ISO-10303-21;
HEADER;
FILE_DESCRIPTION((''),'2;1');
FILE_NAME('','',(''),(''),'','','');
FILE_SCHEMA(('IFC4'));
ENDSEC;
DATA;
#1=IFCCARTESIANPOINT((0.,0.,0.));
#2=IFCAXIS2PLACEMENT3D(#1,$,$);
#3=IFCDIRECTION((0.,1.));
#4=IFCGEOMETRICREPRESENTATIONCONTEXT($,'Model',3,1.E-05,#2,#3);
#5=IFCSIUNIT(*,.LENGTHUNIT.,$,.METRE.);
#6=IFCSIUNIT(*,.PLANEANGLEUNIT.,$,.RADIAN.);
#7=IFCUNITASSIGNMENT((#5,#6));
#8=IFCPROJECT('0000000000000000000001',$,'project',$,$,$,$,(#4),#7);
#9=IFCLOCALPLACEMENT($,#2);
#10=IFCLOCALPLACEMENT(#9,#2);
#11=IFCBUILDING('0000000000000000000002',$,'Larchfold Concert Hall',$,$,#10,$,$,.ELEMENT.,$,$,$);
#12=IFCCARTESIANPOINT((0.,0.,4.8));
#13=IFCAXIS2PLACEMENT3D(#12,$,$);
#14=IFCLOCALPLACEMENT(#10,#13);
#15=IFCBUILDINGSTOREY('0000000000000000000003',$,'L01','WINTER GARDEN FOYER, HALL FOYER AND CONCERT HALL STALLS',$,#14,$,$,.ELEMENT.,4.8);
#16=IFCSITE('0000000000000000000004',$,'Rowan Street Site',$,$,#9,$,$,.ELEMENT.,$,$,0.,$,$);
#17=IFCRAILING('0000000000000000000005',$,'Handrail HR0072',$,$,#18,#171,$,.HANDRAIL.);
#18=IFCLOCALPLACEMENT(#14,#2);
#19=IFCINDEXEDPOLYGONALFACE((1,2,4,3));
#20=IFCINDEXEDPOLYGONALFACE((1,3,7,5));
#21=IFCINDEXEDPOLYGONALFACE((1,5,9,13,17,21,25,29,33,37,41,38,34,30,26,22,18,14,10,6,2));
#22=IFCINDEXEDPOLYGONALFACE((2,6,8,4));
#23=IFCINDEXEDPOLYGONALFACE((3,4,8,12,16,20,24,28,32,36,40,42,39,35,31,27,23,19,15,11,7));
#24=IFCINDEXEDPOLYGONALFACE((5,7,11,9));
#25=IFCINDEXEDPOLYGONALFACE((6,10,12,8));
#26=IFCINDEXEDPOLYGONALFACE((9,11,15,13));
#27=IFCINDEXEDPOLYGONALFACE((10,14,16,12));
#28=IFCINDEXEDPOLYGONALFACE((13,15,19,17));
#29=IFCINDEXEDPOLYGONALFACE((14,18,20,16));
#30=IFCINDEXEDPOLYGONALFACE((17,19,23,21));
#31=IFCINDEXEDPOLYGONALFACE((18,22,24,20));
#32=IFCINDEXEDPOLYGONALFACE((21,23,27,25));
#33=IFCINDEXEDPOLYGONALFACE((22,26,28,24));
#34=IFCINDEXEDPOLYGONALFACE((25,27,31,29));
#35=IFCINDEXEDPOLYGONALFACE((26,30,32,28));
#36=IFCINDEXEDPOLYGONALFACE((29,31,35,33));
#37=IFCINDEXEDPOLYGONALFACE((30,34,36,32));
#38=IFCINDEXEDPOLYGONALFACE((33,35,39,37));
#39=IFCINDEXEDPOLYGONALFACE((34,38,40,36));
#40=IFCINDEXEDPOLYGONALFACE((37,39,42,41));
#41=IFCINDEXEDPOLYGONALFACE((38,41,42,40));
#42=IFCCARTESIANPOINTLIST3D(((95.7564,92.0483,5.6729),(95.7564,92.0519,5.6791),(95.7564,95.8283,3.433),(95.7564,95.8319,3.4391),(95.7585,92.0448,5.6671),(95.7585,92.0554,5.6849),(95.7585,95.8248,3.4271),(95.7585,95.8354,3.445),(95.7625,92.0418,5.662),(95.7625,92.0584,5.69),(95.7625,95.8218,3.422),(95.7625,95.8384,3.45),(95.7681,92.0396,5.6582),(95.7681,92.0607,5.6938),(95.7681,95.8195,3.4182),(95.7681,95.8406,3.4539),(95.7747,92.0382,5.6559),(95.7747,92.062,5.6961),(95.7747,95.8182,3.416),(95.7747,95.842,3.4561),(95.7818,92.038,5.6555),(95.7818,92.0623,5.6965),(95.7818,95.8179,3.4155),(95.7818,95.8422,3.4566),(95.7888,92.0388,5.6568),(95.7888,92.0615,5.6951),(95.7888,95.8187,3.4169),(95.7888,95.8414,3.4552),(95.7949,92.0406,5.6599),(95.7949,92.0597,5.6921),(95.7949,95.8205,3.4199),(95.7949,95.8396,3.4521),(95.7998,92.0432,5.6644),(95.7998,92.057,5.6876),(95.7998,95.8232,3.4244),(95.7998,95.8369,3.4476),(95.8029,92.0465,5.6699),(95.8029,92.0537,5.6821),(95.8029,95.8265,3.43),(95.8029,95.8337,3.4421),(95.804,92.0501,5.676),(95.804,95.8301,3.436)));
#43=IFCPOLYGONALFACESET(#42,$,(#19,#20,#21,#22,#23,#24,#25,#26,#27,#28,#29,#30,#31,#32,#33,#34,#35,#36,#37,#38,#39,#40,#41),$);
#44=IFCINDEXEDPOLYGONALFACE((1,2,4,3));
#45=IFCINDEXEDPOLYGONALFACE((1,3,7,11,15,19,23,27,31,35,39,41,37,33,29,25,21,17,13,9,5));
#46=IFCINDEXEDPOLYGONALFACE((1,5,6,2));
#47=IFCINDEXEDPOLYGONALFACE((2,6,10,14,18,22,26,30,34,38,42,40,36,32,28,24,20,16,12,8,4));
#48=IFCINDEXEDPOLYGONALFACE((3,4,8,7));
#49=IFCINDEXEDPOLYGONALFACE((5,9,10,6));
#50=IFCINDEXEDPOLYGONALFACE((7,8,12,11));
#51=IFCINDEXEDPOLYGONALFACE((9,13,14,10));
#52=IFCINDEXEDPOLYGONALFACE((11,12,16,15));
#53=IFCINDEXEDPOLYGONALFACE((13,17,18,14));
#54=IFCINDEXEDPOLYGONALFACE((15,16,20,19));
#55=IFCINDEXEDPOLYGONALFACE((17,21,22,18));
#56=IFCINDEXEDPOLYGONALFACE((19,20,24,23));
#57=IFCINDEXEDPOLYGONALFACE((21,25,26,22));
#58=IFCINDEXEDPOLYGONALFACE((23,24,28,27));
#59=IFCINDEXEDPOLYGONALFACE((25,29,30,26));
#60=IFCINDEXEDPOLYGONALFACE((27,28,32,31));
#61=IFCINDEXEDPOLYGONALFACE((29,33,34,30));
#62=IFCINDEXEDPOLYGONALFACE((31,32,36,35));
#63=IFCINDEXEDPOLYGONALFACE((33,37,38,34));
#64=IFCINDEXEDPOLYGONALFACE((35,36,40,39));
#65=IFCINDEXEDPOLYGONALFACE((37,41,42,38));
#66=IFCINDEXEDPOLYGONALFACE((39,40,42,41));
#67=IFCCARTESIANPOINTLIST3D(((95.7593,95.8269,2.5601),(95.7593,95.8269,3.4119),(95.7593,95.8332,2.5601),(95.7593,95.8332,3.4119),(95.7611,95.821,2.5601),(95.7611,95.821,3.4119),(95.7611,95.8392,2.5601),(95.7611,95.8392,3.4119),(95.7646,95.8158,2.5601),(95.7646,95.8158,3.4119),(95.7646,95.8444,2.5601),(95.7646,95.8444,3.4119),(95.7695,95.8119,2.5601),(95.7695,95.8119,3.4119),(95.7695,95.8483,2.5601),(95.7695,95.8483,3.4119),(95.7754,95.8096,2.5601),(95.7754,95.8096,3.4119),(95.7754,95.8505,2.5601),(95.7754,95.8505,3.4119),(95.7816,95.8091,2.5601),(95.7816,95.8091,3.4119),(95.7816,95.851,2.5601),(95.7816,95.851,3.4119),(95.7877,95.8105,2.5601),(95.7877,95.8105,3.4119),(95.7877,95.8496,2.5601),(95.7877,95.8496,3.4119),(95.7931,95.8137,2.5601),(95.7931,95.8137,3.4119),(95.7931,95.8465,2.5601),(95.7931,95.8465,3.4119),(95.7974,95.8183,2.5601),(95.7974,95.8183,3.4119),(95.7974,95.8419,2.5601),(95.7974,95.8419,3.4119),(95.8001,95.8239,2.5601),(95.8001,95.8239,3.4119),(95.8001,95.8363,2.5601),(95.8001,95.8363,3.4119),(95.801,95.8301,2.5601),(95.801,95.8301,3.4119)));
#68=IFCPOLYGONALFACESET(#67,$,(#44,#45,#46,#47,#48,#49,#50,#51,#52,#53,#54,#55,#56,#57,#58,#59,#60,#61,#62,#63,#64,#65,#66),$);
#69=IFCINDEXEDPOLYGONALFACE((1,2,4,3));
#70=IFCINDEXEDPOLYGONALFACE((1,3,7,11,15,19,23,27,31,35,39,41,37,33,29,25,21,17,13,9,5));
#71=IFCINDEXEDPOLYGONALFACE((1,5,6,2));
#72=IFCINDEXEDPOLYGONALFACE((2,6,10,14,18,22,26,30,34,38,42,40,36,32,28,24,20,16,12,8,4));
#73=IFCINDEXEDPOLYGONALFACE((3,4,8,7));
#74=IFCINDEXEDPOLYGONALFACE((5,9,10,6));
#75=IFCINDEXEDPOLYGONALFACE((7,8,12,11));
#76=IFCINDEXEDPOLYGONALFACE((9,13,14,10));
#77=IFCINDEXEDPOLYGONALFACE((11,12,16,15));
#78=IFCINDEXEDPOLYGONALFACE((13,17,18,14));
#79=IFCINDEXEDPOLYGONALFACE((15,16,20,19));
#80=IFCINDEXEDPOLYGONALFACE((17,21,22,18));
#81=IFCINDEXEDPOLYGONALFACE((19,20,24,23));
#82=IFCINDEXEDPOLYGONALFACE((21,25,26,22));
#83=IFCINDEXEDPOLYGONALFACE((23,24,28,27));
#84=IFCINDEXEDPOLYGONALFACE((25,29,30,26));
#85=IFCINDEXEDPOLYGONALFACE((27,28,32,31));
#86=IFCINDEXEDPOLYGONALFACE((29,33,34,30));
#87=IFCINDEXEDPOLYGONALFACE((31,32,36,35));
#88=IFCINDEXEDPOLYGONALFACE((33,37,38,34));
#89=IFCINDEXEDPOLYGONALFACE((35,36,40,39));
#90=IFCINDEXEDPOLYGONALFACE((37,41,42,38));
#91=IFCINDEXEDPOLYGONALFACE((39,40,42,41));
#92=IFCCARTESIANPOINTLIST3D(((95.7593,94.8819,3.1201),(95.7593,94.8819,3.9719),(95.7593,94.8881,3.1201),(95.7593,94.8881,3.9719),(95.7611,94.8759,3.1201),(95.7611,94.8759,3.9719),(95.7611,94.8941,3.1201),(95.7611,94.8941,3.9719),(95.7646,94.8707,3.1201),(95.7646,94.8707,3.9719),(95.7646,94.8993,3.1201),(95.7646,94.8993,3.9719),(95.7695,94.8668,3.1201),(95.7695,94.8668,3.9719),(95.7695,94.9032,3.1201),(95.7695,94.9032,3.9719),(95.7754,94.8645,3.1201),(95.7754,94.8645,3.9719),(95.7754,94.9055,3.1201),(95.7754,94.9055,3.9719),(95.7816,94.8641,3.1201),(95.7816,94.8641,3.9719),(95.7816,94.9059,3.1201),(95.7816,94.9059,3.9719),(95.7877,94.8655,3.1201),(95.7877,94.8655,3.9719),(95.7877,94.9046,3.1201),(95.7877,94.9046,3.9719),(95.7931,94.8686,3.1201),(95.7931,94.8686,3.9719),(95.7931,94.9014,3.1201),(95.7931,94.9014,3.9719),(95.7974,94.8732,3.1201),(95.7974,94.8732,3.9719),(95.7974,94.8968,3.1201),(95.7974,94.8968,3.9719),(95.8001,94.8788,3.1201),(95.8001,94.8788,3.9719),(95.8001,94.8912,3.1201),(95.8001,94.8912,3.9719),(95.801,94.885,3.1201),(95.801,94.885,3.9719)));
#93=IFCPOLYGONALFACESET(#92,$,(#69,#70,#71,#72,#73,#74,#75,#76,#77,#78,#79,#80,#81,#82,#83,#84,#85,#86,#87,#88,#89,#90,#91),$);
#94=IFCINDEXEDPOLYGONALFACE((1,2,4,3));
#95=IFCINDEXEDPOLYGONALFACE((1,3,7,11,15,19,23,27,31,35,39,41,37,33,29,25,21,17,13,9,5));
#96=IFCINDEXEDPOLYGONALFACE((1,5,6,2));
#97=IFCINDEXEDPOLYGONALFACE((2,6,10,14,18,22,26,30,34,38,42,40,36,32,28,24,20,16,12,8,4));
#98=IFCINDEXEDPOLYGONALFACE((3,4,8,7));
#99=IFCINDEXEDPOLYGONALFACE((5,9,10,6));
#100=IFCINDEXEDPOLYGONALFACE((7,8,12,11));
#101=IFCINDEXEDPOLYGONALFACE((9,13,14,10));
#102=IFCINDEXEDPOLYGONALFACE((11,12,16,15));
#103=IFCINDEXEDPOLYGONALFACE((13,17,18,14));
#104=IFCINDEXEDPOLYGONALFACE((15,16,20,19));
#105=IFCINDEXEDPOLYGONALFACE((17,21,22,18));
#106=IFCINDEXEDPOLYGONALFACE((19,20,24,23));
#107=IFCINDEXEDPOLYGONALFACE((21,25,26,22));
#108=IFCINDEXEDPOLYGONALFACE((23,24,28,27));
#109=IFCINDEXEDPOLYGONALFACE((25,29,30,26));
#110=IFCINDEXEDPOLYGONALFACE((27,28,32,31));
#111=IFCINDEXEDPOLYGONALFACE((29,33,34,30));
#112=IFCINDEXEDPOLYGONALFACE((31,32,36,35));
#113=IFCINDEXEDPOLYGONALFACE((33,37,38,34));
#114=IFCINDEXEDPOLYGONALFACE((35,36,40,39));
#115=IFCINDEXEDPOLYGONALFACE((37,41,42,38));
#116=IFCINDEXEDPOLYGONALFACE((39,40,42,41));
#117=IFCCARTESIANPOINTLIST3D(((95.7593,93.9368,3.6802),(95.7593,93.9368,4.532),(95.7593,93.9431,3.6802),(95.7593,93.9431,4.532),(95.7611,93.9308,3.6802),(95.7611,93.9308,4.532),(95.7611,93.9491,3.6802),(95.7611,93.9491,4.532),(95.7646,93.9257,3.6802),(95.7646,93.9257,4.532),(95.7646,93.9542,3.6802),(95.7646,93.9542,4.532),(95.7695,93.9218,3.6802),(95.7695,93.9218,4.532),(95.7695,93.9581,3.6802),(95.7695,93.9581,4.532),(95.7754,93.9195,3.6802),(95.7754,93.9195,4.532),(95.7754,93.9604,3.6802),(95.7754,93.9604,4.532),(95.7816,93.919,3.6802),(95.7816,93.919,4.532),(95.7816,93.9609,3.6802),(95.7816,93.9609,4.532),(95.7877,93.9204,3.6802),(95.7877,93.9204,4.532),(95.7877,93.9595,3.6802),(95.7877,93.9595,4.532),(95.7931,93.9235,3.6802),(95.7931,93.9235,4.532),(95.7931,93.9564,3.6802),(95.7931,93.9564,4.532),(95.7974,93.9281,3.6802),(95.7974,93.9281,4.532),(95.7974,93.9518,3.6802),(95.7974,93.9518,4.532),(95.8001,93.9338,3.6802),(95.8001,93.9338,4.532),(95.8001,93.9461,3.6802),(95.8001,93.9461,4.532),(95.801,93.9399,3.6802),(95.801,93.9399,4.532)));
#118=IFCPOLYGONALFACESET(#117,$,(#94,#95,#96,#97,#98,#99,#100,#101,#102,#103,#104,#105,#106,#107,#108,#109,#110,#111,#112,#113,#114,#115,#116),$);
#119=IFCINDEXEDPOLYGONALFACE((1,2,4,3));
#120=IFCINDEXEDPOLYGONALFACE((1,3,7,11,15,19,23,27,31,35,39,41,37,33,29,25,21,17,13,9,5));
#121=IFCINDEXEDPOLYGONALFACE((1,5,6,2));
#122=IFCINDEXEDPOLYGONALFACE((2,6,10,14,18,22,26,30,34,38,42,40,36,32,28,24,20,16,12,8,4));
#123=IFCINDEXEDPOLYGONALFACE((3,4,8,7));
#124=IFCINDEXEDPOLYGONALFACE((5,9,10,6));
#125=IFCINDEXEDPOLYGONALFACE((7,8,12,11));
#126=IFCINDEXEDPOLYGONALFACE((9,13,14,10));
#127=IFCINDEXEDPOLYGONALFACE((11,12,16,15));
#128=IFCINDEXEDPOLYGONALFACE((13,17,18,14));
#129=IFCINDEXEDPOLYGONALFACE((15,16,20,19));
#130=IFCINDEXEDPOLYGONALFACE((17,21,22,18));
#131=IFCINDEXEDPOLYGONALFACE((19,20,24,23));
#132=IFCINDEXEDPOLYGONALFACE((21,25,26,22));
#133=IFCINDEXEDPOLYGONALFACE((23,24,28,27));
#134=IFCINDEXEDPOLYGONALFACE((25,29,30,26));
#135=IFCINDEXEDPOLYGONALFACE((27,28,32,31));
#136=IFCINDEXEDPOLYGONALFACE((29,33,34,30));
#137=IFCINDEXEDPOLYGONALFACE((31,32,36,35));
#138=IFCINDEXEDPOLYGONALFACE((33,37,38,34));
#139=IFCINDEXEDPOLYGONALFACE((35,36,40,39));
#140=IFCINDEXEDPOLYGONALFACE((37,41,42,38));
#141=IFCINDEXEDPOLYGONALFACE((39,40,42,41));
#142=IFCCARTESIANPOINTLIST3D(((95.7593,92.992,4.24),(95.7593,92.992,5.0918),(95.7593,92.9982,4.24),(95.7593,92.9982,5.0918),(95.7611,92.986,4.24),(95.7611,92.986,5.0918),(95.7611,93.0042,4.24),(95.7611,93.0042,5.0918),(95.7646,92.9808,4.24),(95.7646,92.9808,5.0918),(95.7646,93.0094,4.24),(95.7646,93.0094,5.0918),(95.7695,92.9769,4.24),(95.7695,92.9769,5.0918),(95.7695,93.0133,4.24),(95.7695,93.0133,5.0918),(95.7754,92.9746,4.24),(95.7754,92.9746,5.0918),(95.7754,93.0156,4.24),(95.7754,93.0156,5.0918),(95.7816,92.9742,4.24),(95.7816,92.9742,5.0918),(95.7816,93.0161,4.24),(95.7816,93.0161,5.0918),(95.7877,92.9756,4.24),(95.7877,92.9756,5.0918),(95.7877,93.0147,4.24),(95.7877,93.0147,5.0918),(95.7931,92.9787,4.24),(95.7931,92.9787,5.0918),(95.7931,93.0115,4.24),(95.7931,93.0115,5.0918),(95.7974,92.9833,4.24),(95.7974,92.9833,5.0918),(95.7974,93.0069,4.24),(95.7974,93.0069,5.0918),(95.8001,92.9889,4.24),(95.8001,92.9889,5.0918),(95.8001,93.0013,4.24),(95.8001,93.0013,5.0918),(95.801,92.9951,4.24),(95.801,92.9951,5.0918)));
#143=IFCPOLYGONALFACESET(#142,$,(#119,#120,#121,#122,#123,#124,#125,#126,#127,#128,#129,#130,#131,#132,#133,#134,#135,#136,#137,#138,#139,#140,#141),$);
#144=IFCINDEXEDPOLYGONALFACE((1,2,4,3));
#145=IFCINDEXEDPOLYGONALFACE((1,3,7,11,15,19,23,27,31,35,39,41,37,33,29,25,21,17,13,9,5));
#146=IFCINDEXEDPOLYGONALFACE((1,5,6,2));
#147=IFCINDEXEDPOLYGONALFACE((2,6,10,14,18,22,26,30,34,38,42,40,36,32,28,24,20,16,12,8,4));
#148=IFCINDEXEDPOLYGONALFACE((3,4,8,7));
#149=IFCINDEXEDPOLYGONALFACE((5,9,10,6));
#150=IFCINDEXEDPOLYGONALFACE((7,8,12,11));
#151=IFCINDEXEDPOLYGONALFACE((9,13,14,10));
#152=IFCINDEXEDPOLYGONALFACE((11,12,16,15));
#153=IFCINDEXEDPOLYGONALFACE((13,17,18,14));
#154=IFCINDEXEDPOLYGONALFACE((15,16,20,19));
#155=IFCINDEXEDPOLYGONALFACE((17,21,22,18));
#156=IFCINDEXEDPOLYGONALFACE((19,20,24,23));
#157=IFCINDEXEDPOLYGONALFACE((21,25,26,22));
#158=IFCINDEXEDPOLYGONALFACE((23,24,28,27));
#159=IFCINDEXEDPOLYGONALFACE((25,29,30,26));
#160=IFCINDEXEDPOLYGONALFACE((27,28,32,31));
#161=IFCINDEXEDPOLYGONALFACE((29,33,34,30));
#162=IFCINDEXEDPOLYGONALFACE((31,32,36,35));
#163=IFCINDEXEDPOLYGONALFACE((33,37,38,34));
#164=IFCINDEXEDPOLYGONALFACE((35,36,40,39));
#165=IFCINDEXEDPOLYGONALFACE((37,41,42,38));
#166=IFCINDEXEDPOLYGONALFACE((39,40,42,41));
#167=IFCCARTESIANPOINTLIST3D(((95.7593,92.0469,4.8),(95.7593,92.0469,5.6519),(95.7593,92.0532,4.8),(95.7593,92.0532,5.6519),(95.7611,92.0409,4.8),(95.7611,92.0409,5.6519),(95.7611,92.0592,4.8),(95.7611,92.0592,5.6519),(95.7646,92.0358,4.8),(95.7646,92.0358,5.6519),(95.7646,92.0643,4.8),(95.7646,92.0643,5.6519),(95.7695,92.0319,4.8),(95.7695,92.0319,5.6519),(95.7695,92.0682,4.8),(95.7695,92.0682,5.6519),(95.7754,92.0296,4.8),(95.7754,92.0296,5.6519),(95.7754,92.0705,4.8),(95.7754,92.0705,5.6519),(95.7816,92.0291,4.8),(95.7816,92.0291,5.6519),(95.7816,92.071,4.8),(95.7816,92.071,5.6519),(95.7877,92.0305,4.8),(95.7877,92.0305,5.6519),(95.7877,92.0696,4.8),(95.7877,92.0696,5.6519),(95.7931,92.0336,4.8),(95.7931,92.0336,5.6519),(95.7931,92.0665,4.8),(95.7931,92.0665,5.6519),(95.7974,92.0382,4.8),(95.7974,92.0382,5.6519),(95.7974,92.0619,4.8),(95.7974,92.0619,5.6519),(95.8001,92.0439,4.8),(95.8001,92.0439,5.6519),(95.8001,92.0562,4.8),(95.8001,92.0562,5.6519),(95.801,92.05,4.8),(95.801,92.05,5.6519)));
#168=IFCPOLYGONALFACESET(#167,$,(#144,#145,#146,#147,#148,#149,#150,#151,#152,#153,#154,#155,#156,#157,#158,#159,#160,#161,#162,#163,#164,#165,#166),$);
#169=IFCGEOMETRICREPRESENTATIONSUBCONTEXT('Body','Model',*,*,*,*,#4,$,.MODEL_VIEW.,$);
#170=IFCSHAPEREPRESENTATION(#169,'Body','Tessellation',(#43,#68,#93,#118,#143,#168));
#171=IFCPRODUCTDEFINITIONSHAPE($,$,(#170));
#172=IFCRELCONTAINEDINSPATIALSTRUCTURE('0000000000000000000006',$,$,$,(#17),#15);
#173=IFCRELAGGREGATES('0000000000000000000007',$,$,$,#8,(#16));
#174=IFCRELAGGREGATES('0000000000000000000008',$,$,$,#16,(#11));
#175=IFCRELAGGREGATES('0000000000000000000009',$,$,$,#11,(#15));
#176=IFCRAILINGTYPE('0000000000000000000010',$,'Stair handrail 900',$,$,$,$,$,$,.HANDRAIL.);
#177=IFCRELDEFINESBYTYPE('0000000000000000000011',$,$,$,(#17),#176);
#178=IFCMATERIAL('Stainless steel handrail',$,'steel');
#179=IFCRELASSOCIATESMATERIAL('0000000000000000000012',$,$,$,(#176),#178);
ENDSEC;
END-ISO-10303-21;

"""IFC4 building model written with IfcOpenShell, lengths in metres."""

from ifc_helpers import new_model, si_unit, direction, frame, origin, origin_2d, place, context, subcontext, project, spatial, circle, extrude, material, type_object, element, save


model = new_model("IFC4")

# Units and contexts
model_context = context("Model", 3, precision=1e-05, world=origin(), true_north=direction((0.0, 1.0)))
body_context = subcontext(model_context, "Body", "Model", "MODEL_VIEW")
ifc_project = project(units=[si_unit("LENGTHUNIT", "METRE"), si_unit("PLANEANGLEUNIT", "RADIAN")], contexts=[model_context])

# Site, building, storey
site_placement = place(None, origin())
site = spatial("IfcSite", under=ifc_project, at=site_placement, Name="Rowan Street Site", CompositionType="ELEMENT", RefElevation=0.0)
building_placement = place(site_placement, origin())
building = spatial("IfcBuilding", under=site, at=building_placement, Name="Larchfold Concert Hall", CompositionType="ELEMENT")
storey_placement = place(building_placement, frame((0.0, 0.0, 4.8)))
storey = spatial("IfcBuildingStorey", under=building, at=storey_placement, Name="L01", Description="WINTER GARDEN FOYER, HALL FOYER AND CONCERT HALL STALLS", CompositionType="ELEMENT", Elevation=4.8)

# Railing
ifc_material_1 = material(Name="Stainless steel handrail", Category="steel")
railing_type_1 = type_object("IfcRailingType", Name="Stair handrail 900", PredefinedType="HANDRAIL", material=ifc_material_1)
for number, where, name in (
    (1, (95.78, 95.8301, 2.5601), "Handrail HR0072"),
):
    element("IfcRailing", number, at=place(storey_placement, frame(where)), inside=storey, type_object=railing_type_1, Name=name, PredefinedType="HANDRAIL", context=body_context, shape_type="SweptSolid", body=[
        extrude(circle(Radius=0.0239, at=origin_2d()), frame((0.0, 0.0, 0.876), z_axis=(0.0, -0.860294, 0.509798), x_axis=(1.0, 0.0, 0.0)), (0.0, 0.0, 1.0), 4.3938),
        extrude(circle(Radius=0.021, at=origin_2d()), origin(), (0.0, 0.0, 1.0), 0.8518),
        extrude(circle(Radius=0.021, at=origin_2d()), frame((0.0, -0.9451, 0.5601)), (0.0, 0.0, 1.0), 0.8518),
        extrude(circle(Radius=0.021, at=origin_2d()), frame((0.0, -1.8901, 1.1201)), (0.0, 0.0, 1.0), 0.8518),
        extrude(circle(Radius=0.021, at=origin_2d()), frame((0.0, -2.835, 1.6799)), (0.0, 0.0, 1.0), 0.8518),
        extrude(circle(Radius=0.021, at=origin_2d()), frame((0.0, -3.78, 2.24)), (0.0, 0.0, 1.0), 0.8518),
    ])

save(model, "model.ifc")
